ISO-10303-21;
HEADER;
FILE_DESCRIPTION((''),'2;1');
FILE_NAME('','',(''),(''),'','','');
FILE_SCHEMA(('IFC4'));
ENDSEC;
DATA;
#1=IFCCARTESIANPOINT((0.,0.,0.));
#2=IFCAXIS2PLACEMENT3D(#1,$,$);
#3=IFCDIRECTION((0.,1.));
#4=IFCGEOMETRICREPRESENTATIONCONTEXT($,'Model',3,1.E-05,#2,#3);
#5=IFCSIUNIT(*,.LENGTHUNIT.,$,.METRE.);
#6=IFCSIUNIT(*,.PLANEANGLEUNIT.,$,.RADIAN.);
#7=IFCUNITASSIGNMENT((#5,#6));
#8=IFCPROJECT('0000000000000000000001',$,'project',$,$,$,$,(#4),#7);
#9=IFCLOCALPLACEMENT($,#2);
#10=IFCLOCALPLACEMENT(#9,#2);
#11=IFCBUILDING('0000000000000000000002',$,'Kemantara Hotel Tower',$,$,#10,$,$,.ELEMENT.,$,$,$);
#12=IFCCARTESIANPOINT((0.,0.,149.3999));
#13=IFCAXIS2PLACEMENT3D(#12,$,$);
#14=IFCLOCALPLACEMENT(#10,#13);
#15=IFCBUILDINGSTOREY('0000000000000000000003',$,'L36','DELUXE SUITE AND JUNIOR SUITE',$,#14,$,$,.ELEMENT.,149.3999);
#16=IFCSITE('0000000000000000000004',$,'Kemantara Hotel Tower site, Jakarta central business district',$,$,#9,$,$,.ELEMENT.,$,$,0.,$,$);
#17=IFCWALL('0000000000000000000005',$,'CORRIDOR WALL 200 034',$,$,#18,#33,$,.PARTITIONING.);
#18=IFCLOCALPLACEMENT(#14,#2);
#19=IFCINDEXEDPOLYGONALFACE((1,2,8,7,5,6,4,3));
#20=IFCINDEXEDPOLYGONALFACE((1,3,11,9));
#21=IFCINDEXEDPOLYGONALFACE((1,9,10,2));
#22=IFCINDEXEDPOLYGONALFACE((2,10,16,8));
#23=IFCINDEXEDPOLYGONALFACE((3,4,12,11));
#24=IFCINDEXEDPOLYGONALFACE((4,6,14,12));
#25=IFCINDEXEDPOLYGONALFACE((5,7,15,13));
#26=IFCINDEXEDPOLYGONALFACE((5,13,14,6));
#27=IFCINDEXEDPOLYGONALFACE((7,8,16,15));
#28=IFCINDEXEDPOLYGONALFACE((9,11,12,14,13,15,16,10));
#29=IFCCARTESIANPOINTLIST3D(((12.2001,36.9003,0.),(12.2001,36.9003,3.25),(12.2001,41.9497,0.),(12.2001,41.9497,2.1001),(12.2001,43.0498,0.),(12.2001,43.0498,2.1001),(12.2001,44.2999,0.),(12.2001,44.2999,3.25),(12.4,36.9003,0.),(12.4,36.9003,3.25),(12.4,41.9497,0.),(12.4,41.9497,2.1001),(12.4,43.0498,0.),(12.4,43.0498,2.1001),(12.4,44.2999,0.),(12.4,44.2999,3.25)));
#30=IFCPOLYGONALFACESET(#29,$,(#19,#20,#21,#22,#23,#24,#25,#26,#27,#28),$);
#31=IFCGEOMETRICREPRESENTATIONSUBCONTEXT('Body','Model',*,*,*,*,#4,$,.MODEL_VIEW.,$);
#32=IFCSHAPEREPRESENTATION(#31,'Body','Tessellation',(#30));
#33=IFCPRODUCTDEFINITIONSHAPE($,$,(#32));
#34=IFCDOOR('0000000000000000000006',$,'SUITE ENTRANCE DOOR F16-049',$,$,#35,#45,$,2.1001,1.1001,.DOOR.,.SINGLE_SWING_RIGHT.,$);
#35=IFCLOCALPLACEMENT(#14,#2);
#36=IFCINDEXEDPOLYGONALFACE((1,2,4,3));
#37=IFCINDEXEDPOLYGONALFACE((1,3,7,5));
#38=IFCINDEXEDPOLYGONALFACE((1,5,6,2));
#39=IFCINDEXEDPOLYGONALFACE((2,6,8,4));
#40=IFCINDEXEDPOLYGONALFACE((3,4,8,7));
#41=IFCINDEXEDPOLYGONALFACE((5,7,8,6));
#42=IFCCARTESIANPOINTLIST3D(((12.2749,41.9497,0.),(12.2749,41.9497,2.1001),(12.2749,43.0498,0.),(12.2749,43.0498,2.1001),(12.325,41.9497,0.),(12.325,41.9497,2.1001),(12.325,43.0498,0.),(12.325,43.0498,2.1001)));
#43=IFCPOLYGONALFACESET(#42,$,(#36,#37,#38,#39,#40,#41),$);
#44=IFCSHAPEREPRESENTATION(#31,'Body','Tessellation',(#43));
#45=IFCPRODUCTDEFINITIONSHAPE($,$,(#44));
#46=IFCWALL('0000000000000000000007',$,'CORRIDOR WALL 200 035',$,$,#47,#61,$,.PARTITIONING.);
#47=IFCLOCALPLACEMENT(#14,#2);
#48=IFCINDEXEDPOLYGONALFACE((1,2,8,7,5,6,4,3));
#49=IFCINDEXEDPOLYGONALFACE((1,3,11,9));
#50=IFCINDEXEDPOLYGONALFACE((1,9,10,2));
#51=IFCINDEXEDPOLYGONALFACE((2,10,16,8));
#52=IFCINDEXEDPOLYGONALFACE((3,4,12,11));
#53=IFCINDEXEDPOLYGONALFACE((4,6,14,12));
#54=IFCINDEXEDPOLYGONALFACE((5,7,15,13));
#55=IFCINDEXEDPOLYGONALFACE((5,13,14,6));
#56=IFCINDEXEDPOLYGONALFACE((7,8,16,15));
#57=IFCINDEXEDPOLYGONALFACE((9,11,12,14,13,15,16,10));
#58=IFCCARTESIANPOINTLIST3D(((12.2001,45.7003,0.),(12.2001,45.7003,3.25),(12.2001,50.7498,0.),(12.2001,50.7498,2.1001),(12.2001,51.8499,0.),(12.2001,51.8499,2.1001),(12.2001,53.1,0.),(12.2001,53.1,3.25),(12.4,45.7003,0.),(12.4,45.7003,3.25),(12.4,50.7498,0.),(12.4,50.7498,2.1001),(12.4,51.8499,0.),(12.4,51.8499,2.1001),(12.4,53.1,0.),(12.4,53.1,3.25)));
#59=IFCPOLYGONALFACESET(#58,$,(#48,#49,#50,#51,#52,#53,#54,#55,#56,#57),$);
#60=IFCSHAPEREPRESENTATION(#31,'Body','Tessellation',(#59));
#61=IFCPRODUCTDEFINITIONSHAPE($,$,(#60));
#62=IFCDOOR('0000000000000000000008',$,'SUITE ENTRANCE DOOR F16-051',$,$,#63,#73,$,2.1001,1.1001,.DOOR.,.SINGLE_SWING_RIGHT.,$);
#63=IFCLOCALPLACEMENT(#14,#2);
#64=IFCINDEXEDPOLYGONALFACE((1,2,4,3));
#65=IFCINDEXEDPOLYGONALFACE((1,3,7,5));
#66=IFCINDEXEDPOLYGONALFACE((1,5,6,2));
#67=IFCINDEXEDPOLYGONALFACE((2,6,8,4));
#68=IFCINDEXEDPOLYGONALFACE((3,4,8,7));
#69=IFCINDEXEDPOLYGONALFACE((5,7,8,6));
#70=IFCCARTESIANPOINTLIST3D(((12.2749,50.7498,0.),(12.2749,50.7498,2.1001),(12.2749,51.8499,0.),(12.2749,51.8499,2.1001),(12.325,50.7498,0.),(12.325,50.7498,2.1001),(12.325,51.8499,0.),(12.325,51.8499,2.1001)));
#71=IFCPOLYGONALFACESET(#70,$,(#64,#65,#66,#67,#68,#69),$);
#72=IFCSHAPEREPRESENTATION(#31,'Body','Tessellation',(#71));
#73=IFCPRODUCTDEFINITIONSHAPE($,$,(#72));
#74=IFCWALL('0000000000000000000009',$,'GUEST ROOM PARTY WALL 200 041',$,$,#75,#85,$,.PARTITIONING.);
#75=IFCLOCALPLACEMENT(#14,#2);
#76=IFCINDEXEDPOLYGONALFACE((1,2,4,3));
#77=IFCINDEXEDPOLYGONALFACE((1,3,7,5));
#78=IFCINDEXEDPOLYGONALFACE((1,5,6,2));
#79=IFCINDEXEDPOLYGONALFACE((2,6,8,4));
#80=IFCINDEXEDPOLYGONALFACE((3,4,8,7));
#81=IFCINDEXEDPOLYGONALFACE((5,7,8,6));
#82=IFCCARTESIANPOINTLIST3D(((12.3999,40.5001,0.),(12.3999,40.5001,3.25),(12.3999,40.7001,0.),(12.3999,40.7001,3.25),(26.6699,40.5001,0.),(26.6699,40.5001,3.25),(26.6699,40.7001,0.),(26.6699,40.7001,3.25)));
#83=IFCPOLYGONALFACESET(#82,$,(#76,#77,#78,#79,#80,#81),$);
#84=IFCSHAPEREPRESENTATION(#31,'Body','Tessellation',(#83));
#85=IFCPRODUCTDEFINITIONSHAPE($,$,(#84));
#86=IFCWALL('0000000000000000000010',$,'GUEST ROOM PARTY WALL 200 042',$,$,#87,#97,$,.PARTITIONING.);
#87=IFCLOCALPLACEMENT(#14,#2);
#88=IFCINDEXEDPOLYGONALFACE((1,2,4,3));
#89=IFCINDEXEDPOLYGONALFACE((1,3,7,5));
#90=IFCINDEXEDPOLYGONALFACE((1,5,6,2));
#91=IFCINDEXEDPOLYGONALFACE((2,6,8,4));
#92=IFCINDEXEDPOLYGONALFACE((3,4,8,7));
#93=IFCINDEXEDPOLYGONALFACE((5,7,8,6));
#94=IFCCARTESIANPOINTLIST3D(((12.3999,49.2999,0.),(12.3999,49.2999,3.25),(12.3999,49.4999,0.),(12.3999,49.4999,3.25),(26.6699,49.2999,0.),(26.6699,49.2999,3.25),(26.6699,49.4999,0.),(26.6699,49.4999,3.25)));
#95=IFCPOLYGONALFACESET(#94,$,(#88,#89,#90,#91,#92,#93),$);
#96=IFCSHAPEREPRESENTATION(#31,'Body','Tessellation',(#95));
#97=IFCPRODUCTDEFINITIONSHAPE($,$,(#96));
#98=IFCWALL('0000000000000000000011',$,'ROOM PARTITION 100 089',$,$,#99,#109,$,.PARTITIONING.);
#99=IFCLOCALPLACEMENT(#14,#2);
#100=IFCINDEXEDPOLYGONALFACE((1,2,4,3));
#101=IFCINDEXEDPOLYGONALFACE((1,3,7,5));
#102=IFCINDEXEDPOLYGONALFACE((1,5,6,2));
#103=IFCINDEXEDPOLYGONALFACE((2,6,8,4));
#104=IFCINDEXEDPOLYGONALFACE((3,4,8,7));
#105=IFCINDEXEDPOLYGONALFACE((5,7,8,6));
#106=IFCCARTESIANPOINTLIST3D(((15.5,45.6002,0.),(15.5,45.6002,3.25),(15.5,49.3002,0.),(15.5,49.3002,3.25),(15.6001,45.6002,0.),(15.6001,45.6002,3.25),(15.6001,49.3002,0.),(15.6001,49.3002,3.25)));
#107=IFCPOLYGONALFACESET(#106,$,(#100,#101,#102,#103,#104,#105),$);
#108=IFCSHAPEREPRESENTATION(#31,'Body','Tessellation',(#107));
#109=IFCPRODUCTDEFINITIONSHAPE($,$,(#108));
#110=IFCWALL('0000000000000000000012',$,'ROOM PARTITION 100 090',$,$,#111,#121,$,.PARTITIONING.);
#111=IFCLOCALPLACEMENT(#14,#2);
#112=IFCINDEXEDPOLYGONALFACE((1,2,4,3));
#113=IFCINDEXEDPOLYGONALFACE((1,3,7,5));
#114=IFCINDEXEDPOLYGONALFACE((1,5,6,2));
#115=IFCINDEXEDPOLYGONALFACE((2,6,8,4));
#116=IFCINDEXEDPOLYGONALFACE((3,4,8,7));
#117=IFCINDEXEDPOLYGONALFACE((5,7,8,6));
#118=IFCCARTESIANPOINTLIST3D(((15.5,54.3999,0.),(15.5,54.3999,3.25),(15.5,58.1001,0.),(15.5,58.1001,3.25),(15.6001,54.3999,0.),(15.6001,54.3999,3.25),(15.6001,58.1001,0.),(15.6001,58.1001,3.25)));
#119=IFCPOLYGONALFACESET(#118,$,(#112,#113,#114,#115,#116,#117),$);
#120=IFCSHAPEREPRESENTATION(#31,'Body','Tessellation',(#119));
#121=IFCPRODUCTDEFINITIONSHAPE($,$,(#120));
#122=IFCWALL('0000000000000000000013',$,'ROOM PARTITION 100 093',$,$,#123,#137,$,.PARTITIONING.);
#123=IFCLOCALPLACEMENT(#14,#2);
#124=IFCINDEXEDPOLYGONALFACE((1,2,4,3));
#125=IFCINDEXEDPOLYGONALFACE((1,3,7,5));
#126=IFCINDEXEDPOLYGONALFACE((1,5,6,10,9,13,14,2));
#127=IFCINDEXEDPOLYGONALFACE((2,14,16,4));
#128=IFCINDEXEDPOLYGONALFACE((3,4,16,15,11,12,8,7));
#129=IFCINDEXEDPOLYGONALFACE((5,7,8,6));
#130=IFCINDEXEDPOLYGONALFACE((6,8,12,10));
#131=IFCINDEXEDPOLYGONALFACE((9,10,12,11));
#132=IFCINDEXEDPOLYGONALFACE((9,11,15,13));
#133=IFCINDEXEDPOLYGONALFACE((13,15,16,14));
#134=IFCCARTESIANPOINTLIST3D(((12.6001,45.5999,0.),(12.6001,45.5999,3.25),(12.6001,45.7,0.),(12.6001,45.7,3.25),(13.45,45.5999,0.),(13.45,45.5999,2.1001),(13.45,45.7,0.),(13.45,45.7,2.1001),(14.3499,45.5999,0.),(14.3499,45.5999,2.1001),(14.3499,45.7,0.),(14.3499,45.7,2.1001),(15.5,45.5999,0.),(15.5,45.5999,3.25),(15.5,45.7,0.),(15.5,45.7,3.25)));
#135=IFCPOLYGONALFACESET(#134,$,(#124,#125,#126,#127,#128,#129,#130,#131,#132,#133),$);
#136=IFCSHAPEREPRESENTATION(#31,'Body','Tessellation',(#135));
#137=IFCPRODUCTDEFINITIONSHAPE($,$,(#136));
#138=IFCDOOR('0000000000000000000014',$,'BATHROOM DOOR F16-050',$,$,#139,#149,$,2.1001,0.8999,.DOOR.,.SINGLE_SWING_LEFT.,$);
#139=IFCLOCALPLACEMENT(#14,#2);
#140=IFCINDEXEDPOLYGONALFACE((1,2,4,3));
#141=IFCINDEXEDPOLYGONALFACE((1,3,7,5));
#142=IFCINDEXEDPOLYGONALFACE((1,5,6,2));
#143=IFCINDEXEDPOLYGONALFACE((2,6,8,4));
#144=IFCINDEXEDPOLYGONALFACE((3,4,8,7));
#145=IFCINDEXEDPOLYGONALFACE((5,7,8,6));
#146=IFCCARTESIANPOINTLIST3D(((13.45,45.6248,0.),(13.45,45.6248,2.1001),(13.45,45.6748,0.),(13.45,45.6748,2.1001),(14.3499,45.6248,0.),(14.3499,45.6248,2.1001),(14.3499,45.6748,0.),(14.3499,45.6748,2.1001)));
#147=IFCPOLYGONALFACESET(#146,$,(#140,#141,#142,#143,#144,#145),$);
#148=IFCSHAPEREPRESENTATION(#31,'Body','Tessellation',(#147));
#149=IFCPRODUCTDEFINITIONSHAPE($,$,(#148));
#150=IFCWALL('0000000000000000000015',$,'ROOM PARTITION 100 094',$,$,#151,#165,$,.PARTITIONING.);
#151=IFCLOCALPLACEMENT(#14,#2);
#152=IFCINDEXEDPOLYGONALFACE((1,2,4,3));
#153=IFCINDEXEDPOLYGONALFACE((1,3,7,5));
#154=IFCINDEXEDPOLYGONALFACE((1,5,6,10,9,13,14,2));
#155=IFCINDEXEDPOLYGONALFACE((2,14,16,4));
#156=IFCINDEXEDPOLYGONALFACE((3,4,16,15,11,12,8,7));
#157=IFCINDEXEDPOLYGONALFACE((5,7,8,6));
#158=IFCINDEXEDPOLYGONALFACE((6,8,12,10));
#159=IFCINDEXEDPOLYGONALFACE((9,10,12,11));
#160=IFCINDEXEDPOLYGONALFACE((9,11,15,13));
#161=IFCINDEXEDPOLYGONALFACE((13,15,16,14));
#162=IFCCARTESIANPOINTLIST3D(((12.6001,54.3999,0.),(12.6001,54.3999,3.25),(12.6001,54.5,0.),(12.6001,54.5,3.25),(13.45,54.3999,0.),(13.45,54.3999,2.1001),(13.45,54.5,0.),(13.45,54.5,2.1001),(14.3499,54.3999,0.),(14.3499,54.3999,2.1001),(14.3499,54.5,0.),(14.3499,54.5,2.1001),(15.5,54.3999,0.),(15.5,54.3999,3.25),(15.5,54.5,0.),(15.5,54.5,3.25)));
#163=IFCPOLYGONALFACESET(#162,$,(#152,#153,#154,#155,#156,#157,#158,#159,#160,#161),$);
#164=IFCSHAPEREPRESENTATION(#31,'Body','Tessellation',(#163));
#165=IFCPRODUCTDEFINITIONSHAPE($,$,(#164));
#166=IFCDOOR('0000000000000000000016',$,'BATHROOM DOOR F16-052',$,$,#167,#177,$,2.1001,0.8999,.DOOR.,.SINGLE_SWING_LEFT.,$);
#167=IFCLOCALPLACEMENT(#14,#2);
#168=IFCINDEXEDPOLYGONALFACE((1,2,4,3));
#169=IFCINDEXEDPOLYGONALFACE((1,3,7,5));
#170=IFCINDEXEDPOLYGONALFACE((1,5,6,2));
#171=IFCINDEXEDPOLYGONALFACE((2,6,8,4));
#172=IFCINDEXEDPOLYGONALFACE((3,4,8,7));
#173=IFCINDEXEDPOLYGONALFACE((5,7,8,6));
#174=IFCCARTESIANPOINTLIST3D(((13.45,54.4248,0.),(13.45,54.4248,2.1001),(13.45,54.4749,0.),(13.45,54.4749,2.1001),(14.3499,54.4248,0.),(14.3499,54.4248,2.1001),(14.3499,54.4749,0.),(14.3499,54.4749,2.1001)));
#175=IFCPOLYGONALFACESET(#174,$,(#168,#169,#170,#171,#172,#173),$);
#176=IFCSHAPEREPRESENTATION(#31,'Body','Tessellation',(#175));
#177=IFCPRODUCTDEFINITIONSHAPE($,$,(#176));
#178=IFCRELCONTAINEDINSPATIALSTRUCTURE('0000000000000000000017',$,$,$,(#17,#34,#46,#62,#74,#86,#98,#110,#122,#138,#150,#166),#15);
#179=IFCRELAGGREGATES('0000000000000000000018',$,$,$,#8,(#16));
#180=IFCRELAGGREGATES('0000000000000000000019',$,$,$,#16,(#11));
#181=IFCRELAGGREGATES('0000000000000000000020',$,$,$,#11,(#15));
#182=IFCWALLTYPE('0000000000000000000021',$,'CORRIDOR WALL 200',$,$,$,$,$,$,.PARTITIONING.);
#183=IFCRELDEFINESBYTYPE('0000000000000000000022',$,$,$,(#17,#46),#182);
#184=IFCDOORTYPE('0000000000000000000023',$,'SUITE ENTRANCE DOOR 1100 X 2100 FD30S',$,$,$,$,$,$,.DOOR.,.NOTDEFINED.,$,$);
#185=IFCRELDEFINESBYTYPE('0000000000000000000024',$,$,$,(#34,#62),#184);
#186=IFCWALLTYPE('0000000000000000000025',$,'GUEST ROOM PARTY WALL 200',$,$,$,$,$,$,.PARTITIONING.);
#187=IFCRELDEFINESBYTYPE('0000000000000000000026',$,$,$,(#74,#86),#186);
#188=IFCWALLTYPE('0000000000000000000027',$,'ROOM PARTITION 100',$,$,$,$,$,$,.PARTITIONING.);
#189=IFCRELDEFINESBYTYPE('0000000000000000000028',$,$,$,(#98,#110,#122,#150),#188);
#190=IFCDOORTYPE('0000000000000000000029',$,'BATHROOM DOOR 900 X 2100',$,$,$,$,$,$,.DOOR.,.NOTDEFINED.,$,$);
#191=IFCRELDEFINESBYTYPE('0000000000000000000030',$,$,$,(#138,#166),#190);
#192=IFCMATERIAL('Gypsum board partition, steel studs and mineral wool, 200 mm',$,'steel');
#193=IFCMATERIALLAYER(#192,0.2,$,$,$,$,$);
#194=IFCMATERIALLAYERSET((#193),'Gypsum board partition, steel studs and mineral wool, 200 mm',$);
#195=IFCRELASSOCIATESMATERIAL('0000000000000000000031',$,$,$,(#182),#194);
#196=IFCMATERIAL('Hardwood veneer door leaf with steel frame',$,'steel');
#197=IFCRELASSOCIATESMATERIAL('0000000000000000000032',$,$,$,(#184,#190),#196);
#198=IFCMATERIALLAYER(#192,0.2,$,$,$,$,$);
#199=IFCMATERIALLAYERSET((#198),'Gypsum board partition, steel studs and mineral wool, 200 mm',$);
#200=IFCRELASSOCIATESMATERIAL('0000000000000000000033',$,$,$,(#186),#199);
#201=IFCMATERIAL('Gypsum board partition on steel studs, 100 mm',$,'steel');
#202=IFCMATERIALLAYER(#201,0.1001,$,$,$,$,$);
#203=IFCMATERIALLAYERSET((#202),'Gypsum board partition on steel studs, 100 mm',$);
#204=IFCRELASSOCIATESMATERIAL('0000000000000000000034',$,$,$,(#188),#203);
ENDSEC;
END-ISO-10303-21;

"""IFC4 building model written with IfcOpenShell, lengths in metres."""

from ifc_helpers import new_model, si_unit, direction, frame, frame_2d, origin, place, context, subcontext, project, spatial, rectangle, extrude, material, layer, layer_set, type_object, element, fill, save


model = new_model("IFC4")

# Units and contexts
model_context = context("Model", 3, precision=1e-05, world=origin(), true_north=direction((0.0, 1.0)))
body_context = subcontext(model_context, "Body", "Model", "MODEL_VIEW")
ifc_project = project(units=[si_unit("LENGTHUNIT", "METRE"), si_unit("PLANEANGLEUNIT", "RADIAN")], contexts=[model_context])

# Site, building, storey
site_placement = place(None, origin())
site = spatial("IfcSite", under=ifc_project, at=site_placement, Name="Kemantara Hotel Tower site, Jakarta central business district", CompositionType="ELEMENT", RefElevation=0.0)
building_placement = place(site_placement, origin())
building = spatial("IfcBuilding", under=site, at=building_placement, Name="Kemantara Hotel Tower", CompositionType="ELEMENT")
storey_placement = place(building_placement, frame((0.0, 0.0, 149.3999)))
storey = spatial("IfcBuildingStorey", under=building, at=storey_placement, Name="L36", Description="DELUXE SUITE AND JUNIOR SUITE", CompositionType="ELEMENT", Elevation=149.3999)

# Walls, openings, doors
ifc_material_1 = material(Name="Gypsum board partition, steel studs and mineral wool, 200 mm", Category="steel")
ifc_layer_1 = layer(ifc_material_1, 0.2)
ifc_layer_set_1 = layer_set([ifc_layer_1], Name="Gypsum board partition, steel studs and mineral wool, 200 mm")
wall_type_1 = type_object("IfcWallType", Name="CORRIDOR WALL 200", PredefinedType="PARTITIONING", material=ifc_layer_set_1)
wall_1_placement = place(storey_placement, frame((12.3, 44.2998, 0.0), z_axis=(0.0, 0.0, 1.0), x_axis=(0.0, -1.0, 0.0)))
wall_1 = element("IfcWall", 1, at=wall_1_placement, inside=storey, type_object=wall_type_1, Name="CORRIDOR WALL 200 034", PredefinedType="PARTITIONING", context=body_context, shape_type="SweptSolid", body=[
    extrude(rectangle(XDim=7.3997, YDim=0.2, at=frame_2d((3.6997, 0.0))), origin(), (0.0, 0.0, 1.0), 3.25),
])
opening_1_placement = place(wall_1_placement, frame((1.25, 0.0, 0.0)))
opening_1 = element("IfcOpeningElement", 2, at=opening_1_placement, cuts=wall_1, PredefinedType="OPENING", context=body_context, shape_type="SweptSolid", body=[
    extrude(rectangle(XDim=1.1001, YDim=2.1001, at=frame_2d((0.55, 1.05))), frame((0.0, 0.1099, 0.0), z_axis=(0.0, -1.0, 0.0), x_axis=(1.0, 0.0, 0.0)), (0.0, 0.0, 1.0), 0.22),
])
ifc_material_2 = material(Name="Hardwood veneer door leaf with steel frame", Category="steel")
door_type_1 = type_object("IfcDoorType", Name="SUITE ENTRANCE DOOR 1100 X 2100 FD30S", OperationType="NOTDEFINED", PredefinedType="DOOR", material=ifc_material_2)
door_1_placement = place(opening_1_placement, origin())
door_1 = element("IfcDoor", 3, at=door_1_placement, inside=storey, type_object=door_type_1, Name="SUITE ENTRANCE DOOR F16-049", OperationType="SINGLE_SWING_RIGHT", OverallHeight=2.1001, OverallWidth=1.1001, PredefinedType="DOOR", context=body_context, shape_type="SweptSolid", body=[
    extrude(rectangle(XDim=1.1001, YDim=2.1001, at=frame_2d((0.55, 1.05))), frame((0.0, 0.0249, 0.0), z_axis=(0.0, -1.0, 0.0), x_axis=(1.0, 0.0, 0.0)), (0.0, 0.0, 1.0), 0.05),
])
fill(opening_1, door_1)
wall_2_placement = place(storey_placement, frame((12.3, 53.0999, 0.0), z_axis=(0.0, 0.0, 1.0), x_axis=(0.0, -1.0, 0.0)))
wall_2 = element("IfcWall", 4, at=wall_2_placement, inside=storey, type_object=wall_type_1, Name="CORRIDOR WALL 200 035", PredefinedType="PARTITIONING", context=body_context, shape_type="SweptSolid", body=[
    extrude(rectangle(XDim=7.3997, YDim=0.2, at=frame_2d((3.6997, 0.0))), origin(), (0.0, 0.0, 1.0), 3.25),
])
opening_2_placement = place(wall_2_placement, frame((1.25, 0.0, 0.0)))
opening_2 = element("IfcOpeningElement", 5, at=opening_2_placement, cuts=wall_2, PredefinedType="OPENING", context=body_context, shape_type="SweptSolid", body=[
    extrude(rectangle(XDim=1.1001, YDim=2.1001, at=frame_2d((0.55, 1.05))), frame((0.0, 0.1099, 0.0), z_axis=(0.0, -1.0, 0.0), x_axis=(1.0, 0.0, 0.0)), (0.0, 0.0, 1.0), 0.22),
])
door_2_placement = place(opening_2_placement, origin())
door_2 = element("IfcDoor", 6, at=door_2_placement, inside=storey, type_object=door_type_1, Name="SUITE ENTRANCE DOOR F16-051", OperationType="SINGLE_SWING_RIGHT", OverallHeight=2.1001, OverallWidth=1.1001, PredefinedType="DOOR", context=body_context, shape_type="SweptSolid", body=[
    extrude(rectangle(XDim=1.1001, YDim=2.1001, at=frame_2d((0.55, 1.05))), frame((0.0, 0.0249, 0.0), z_axis=(0.0, -1.0, 0.0), x_axis=(1.0, 0.0, 0.0)), (0.0, 0.0, 1.0), 0.05),
])
fill(opening_2, door_2)

# Walls
ifc_layer_2 = layer(ifc_material_1, 0.2)
ifc_layer_set_2 = layer_set([ifc_layer_2], Name="Gypsum board partition, steel studs and mineral wool, 200 mm")
wall_type_2 = type_object("IfcWallType", Name="GUEST ROOM PARTY WALL 200", PredefinedType="PARTITIONING", material=ifc_layer_set_2)
for number, where, z_axis, x_axis, name in (
    (7, (12.3999, 40.6001, 0.0), (0.0, 0.0, 1.0), (1.0, 0.0, 0.0), "GUEST ROOM PARTY WALL 200 041"),
    (8, (12.3999, 49.3999, 0.0), (0.0, 0.0, 1.0), (1.0, 0.0, 0.0), "GUEST ROOM PARTY WALL 200 042"),
):
    element("IfcWall", number, at=place(storey_placement, frame(where, z_axis=z_axis, x_axis=x_axis)), inside=storey, type_object=wall_type_2, Name=name, PredefinedType="PARTITIONING", context=body_context, shape_type="SweptSolid", body=[
        extrude(rectangle(XDim=14.27, YDim=0.2, at=frame_2d((7.135, 0.0))), origin(), (0.0, 0.0, 1.0), 3.25),
    ])
ifc_material_3 = material(Name="Gypsum board partition on steel studs, 100 mm", Category="steel")
ifc_layer_3 = layer(ifc_material_3, 0.1001)
ifc_layer_set_3 = layer_set([ifc_layer_3], Name="Gypsum board partition on steel studs, 100 mm")
wall_type_3 = type_object("IfcWallType", Name="ROOM PARTITION 100", PredefinedType="PARTITIONING", material=ifc_layer_set_3)
wall_3_placement = place(storey_placement, frame((15.55, 45.6001, 0.0), z_axis=(0.0, 0.0, 1.0), x_axis=(0.0, 1.0, 0.0)))
element("IfcWall", 9, at=wall_3_placement, inside=storey, type_object=wall_type_3, Name="ROOM PARTITION 100 089", PredefinedType="PARTITIONING", context=body_context, shape_type="SweptSolid", body=[
    extrude(rectangle(XDim=3.7, YDim=0.1001, at=frame_2d((1.8501, 0.0))), origin(), (0.0, 0.0, 1.0), 3.25),
])
wall_4_placement = place(storey_placement, frame((15.55, 54.3999, 0.0), z_axis=(0.0, 0.0, 1.0), x_axis=(0.0, 1.0, 0.0)))
element("IfcWall", 10, at=wall_4_placement, inside=storey, type_object=wall_type_3, Name="ROOM PARTITION 100 090", PredefinedType="PARTITIONING", context=body_context, shape_type="SweptSolid", body=[
    extrude(rectangle(XDim=3.7002, YDim=0.1001, at=frame_2d((1.8501, 0.0))), origin(), (0.0, 0.0, 1.0), 3.25),
])

# Walls, openings, doors
wall_5_placement = place(storey_placement, frame((12.6001, 45.6499, 0.0), z_axis=(0.0, 0.0, 1.0), x_axis=(1.0, 0.0, 0.0)))
wall_5 = element("IfcWall", 11, at=wall_5_placement, inside=storey, type_object=wall_type_3, Name="ROOM PARTITION 100 093", PredefinedType="PARTITIONING", context=body_context, shape_type="SweptSolid", body=[
    extrude(rectangle(XDim=2.8999, YDim=0.1001, at=frame_2d((1.45, 0.0))), origin(), (0.0, 0.0, 1.0), 3.25),
])
opening_3_placement = place(wall_5_placement, frame((0.8499, 0.0, 0.0)))
opening_3 = element("IfcOpeningElement", 12, at=opening_3_placement, cuts=wall_5, PredefinedType="OPENING", context=body_context, shape_type="SweptSolid", body=[
    extrude(rectangle(XDim=0.8999, YDim=2.1001, at=frame_2d((0.45, 1.05))), frame((0.0, 0.0601, 0.0), z_axis=(0.0, -1.0, 0.0), x_axis=(1.0, 0.0, 0.0)), (0.0, 0.0, 1.0), 0.1201),
])
door_type_2 = type_object("IfcDoorType", Name="BATHROOM DOOR 900 X 2100", OperationType="NOTDEFINED", PredefinedType="DOOR", material=ifc_material_2)
door_3_placement = place(opening_3_placement, origin())
door_3 = element("IfcDoor", 13, at=door_3_placement, inside=storey, type_object=door_type_2, Name="BATHROOM DOOR F16-050", OperationType="SINGLE_SWING_LEFT", OverallHeight=2.1001, OverallWidth=0.8999, PredefinedType="DOOR", context=body_context, shape_type="SweptSolid", body=[
    extrude(rectangle(XDim=0.8999, YDim=2.1001, at=frame_2d((0.45, 1.05))), frame((0.0, 0.0249, 0.0), z_axis=(0.0, -1.0, 0.0), x_axis=(1.0, 0.0, 0.0)), (0.0, 0.0, 1.0), 0.05),
])
fill(opening_3, door_3)
wall_6_placement = place(storey_placement, frame((12.6001, 54.45, 0.0), z_axis=(0.0, 0.0, 1.0), x_axis=(1.0, 0.0, 0.0)))
wall_6 = element("IfcWall", 14, at=wall_6_placement, inside=storey, type_object=wall_type_3, Name="ROOM PARTITION 100 094", PredefinedType="PARTITIONING", context=body_context, shape_type="SweptSolid", body=[
    extrude(rectangle(XDim=2.8999, YDim=0.1001, at=frame_2d((1.45, 0.0))), origin(), (0.0, 0.0, 1.0), 3.25),
])
opening_4_placement = place(wall_6_placement, frame((0.8499, 0.0, 0.0)))
opening_4 = element("IfcOpeningElement", 15, at=opening_4_placement, cuts=wall_6, PredefinedType="OPENING", context=body_context, shape_type="SweptSolid", body=[
    extrude(rectangle(XDim=0.8999, YDim=2.1001, at=frame_2d((0.45, 1.05))), frame((0.0, 0.0601, 0.0), z_axis=(0.0, -1.0, 0.0), x_axis=(1.0, 0.0, 0.0)), (0.0, 0.0, 1.0), 0.1201),
])
door_4_placement = place(opening_4_placement, origin())
door_4 = element("IfcDoor", 16, at=door_4_placement, inside=storey, type_object=door_type_2, Name="BATHROOM DOOR F16-052", OperationType="SINGLE_SWING_LEFT", OverallHeight=2.1001, OverallWidth=0.8999, PredefinedType="DOOR", context=body_context, shape_type="SweptSolid", body=[
    extrude(rectangle(XDim=0.8999, YDim=2.1001, at=frame_2d((0.45, 1.05))), frame((0.0, 0.0249, 0.0), z_axis=(0.0, -1.0, 0.0), x_axis=(1.0, 0.0, 0.0)), (0.0, 0.0, 1.0), 0.05),
])
fill(opening_4, door_4)

save(model, "model.ifc")
